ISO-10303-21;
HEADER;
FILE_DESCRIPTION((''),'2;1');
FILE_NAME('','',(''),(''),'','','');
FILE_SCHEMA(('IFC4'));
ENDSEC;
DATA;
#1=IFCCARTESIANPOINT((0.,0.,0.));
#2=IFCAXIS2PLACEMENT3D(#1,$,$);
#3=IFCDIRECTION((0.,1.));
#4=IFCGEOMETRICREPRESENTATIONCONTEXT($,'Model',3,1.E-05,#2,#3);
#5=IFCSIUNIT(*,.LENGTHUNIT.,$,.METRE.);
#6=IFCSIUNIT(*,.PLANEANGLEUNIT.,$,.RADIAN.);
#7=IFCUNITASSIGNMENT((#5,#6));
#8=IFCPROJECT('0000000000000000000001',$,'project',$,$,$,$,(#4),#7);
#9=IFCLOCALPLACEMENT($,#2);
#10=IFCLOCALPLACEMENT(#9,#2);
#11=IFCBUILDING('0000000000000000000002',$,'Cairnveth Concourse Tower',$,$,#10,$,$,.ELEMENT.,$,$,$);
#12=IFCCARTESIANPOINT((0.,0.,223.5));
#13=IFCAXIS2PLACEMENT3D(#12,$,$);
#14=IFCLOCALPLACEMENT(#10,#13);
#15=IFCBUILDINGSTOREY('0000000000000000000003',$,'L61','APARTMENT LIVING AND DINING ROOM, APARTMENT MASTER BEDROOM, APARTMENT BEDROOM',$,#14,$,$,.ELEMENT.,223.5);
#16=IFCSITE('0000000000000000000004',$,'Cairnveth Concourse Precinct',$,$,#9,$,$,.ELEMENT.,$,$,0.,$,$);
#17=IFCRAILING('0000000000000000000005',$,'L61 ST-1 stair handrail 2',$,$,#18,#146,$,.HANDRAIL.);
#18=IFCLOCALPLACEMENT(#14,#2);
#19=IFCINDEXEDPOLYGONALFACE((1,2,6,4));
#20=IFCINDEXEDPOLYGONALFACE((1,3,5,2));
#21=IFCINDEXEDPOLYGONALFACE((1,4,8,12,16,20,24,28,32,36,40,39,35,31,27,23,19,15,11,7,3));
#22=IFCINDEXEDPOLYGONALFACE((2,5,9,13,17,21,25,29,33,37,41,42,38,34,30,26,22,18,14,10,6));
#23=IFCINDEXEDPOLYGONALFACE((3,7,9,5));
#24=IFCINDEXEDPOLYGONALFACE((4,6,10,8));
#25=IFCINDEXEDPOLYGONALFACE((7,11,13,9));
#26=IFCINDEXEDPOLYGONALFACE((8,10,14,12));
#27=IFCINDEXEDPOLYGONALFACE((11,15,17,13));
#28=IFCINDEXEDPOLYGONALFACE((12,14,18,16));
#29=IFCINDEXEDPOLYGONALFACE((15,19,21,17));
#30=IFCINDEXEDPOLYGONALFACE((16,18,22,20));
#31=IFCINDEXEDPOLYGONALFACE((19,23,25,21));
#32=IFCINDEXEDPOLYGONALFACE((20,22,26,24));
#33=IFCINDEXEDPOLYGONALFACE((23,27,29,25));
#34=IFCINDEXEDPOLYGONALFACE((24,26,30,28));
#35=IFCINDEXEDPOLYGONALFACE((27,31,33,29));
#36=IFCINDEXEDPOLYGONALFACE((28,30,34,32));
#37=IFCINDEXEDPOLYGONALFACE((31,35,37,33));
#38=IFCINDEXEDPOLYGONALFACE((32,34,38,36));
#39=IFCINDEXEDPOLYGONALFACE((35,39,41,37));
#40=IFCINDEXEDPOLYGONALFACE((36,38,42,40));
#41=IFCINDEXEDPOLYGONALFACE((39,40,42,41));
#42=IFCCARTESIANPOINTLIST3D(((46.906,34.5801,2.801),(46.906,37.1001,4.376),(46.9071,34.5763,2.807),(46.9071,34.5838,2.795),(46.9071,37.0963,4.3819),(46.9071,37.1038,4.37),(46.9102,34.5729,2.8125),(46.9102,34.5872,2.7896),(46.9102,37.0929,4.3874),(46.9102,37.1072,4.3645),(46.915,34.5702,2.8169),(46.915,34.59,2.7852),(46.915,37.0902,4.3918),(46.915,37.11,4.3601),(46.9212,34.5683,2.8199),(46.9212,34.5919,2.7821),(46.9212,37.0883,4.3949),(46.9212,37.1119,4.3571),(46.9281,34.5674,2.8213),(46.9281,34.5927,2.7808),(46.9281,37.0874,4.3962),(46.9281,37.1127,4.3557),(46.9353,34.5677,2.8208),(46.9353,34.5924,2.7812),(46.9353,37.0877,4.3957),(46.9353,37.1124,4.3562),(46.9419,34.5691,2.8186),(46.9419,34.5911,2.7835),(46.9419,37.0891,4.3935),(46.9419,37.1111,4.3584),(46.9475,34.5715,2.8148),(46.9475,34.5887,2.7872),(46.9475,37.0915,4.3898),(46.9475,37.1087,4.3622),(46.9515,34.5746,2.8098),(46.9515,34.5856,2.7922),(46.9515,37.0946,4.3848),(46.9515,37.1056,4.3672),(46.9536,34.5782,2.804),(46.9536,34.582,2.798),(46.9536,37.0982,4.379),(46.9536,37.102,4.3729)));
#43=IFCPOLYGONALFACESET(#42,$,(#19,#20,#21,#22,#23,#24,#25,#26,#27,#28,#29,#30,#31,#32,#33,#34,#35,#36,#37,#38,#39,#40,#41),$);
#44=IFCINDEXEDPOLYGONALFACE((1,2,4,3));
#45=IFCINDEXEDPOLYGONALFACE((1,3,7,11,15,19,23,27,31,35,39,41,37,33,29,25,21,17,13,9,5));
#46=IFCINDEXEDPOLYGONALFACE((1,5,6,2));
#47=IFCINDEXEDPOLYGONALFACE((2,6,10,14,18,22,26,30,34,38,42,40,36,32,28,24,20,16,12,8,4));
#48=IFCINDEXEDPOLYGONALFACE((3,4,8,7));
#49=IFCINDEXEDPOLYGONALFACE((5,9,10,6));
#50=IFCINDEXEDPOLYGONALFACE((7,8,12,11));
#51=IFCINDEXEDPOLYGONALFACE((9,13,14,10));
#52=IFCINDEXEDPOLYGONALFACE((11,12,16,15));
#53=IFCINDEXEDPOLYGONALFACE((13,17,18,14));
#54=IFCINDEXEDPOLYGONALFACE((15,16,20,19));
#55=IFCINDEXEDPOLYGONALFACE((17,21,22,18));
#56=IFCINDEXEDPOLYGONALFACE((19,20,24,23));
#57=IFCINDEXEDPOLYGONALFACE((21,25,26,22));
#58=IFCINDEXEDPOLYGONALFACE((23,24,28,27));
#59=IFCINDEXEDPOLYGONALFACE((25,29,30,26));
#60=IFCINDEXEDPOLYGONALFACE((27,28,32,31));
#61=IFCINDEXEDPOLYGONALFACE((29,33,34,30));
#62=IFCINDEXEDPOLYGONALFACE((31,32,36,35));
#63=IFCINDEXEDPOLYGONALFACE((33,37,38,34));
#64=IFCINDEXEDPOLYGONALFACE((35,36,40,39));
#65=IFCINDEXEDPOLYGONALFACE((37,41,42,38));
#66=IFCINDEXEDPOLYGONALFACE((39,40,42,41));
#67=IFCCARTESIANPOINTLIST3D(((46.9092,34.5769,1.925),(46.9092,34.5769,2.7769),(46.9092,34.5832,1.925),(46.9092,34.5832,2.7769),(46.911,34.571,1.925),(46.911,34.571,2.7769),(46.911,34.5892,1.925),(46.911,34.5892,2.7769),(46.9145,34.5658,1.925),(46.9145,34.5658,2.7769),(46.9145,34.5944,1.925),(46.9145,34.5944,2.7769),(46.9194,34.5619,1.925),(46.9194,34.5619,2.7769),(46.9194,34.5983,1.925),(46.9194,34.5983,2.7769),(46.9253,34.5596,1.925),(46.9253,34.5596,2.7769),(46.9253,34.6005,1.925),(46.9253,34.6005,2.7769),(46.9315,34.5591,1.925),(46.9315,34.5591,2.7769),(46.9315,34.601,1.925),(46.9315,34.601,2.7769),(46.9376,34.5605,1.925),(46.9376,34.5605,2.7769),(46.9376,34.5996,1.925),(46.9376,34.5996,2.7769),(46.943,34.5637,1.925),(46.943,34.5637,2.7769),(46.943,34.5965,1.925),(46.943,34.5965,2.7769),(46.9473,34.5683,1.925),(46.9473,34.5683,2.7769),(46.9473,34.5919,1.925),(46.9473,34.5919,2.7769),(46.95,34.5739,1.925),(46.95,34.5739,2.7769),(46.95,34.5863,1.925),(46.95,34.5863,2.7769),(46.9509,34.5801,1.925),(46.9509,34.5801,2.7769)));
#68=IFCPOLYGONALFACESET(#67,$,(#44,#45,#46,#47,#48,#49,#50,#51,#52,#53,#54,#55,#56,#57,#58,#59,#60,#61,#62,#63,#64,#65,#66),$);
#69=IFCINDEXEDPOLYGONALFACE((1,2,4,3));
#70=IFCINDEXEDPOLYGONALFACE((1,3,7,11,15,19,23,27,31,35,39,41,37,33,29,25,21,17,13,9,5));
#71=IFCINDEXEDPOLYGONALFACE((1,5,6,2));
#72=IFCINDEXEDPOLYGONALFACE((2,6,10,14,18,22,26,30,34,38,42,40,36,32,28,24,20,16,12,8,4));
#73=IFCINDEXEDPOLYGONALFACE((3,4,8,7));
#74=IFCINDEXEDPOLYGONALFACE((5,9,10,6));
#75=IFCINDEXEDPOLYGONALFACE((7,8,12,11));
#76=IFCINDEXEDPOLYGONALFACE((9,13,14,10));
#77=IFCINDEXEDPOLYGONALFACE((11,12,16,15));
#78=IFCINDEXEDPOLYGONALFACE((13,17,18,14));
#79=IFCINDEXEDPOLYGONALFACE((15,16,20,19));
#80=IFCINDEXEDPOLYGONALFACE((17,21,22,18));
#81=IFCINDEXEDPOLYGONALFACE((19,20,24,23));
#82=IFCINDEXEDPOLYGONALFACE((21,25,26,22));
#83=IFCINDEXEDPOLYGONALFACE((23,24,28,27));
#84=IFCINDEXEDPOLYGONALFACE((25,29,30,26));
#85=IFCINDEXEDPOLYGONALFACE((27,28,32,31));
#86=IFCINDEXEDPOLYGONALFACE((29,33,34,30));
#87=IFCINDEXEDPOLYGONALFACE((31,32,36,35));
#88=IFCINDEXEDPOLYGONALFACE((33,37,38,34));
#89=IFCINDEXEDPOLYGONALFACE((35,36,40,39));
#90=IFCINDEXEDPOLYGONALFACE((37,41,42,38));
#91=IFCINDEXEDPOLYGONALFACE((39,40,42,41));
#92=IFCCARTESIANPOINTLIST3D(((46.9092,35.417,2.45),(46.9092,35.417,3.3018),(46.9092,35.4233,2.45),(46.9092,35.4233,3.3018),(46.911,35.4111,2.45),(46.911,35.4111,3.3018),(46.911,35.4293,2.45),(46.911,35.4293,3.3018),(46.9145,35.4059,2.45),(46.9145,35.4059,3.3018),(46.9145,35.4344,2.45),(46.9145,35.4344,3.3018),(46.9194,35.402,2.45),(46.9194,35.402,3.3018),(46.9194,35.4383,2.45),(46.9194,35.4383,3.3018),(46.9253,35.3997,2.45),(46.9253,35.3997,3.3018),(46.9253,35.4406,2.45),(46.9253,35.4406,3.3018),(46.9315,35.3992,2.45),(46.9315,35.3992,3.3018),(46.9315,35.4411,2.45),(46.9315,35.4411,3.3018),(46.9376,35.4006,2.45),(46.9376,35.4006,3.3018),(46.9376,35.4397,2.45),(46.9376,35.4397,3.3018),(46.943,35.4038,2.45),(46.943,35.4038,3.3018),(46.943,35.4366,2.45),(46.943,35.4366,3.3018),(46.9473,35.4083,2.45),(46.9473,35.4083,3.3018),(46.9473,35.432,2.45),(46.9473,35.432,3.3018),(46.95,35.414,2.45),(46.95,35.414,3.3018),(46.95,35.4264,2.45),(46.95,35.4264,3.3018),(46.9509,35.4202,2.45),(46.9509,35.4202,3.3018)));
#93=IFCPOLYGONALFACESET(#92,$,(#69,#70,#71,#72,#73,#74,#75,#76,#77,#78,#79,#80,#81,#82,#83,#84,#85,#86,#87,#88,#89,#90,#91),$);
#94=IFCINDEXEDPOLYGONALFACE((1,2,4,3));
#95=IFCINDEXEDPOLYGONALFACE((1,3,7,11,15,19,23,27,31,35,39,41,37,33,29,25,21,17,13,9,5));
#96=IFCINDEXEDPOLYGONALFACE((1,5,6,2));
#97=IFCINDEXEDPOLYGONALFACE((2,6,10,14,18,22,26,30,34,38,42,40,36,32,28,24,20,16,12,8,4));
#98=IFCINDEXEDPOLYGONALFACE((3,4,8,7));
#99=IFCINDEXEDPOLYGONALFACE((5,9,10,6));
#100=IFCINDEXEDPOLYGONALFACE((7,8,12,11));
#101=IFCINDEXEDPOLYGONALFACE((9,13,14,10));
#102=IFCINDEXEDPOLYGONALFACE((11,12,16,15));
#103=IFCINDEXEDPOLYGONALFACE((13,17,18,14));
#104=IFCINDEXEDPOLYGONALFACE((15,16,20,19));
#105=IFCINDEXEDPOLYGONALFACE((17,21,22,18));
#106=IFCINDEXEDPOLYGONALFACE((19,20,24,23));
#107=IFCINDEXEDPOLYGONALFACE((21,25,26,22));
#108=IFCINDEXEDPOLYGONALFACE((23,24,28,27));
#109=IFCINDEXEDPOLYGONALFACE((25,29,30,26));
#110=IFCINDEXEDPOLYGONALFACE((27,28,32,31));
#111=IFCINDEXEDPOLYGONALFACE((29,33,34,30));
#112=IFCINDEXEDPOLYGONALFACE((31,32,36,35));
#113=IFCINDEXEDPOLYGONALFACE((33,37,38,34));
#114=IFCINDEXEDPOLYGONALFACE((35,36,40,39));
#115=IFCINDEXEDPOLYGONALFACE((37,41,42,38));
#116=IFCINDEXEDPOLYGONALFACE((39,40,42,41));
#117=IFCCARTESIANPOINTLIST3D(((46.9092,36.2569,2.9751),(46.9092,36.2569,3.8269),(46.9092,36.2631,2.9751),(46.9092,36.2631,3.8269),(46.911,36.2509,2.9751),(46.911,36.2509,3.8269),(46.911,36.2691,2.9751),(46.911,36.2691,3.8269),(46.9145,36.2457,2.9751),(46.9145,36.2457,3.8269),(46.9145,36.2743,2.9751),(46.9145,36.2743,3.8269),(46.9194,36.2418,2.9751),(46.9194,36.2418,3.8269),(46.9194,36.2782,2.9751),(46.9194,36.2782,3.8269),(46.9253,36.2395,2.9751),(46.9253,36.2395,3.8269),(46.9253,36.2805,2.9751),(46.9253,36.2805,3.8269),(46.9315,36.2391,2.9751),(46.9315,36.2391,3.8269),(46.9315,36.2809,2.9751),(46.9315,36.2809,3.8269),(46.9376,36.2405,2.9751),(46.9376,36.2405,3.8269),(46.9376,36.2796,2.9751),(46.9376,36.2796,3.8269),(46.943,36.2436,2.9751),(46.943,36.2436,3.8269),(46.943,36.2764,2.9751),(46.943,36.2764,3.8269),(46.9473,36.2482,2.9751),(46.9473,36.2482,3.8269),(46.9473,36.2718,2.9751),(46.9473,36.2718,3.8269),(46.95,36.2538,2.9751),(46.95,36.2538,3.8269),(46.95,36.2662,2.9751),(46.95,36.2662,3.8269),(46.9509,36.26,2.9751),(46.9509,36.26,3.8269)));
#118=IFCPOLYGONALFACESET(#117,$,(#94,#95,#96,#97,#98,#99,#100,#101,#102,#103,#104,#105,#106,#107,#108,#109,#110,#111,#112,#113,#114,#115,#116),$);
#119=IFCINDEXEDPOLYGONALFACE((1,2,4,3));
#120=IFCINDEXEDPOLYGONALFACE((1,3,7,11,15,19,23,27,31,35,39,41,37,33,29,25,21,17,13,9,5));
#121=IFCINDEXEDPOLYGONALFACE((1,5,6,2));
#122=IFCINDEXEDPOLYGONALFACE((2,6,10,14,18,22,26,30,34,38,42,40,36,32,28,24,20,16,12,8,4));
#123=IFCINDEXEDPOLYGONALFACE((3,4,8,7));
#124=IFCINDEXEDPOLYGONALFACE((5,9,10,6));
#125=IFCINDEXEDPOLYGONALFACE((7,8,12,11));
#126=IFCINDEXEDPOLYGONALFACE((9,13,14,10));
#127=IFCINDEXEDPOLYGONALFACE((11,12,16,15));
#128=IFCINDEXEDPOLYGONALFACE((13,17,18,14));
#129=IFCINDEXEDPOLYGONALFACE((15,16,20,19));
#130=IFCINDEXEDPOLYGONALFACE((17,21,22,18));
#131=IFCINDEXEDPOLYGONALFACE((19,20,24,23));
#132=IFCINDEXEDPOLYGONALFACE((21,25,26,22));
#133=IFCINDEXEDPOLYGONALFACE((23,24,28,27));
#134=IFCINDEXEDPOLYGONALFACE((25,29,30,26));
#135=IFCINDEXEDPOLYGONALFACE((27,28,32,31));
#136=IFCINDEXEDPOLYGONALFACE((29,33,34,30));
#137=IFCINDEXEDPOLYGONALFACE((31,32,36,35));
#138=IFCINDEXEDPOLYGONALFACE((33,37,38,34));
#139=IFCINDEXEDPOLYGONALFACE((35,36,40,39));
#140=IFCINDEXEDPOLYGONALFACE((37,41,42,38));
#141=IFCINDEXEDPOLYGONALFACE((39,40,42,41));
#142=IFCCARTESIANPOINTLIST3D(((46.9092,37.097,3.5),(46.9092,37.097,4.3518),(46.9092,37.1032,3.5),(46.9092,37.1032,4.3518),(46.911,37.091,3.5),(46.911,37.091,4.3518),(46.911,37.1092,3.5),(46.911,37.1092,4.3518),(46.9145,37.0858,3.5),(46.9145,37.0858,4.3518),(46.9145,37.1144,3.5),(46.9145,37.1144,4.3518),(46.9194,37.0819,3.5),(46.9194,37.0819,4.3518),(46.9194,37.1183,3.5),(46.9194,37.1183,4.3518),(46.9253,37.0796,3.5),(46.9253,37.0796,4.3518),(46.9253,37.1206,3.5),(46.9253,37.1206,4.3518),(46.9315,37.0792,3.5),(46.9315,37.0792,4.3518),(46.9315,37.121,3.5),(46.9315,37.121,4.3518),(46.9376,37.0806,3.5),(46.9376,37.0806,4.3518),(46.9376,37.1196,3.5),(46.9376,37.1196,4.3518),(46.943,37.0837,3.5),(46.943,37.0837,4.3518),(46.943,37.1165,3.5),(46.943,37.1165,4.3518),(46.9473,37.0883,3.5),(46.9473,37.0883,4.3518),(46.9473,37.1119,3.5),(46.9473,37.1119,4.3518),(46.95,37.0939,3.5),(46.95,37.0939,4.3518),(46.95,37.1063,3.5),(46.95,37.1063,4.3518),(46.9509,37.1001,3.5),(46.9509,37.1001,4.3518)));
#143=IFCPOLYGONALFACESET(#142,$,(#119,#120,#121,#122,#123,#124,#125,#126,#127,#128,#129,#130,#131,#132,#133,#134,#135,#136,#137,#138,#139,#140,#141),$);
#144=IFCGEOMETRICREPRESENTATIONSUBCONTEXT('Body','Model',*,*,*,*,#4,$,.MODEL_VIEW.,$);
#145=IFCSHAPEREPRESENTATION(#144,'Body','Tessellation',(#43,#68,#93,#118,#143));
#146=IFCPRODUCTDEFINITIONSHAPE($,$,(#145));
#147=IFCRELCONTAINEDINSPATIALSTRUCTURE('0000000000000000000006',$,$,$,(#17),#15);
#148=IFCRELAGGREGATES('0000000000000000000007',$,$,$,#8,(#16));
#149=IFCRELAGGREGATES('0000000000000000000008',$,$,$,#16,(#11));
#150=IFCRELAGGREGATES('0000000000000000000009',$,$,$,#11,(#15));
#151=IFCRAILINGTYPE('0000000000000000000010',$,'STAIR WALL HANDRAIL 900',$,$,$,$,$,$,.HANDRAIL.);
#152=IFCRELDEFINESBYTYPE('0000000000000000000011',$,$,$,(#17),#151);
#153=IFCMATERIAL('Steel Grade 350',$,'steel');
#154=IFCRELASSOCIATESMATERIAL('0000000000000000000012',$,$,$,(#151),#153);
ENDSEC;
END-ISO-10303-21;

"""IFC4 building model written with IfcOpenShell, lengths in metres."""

from ifc_helpers import new_model, si_unit, direction, frame, origin, origin_2d, place, context, subcontext, project, spatial, circle, extrude, material, type_object, element, save


model = new_model("IFC4")

# Units and contexts
model_context = context("Model", 3, precision=1e-05, world=origin(), true_north=direction((0.0, 1.0)))
body_context = subcontext(model_context, "Body", "Model", "MODEL_VIEW")
ifc_project = project(units=[si_unit("LENGTHUNIT", "METRE"), si_unit("PLANEANGLEUNIT", "RADIAN")], contexts=[model_context])

# Site, building, storey
site_placement = place(None, origin())
site = spatial("IfcSite", under=ifc_project, at=site_placement, Name="Cairnveth Concourse Precinct", CompositionType="ELEMENT", RefElevation=0.0)
building_placement = place(site_placement, origin())
building = spatial("IfcBuilding", under=site, at=building_placement, Name="Cairnveth Concourse Tower", CompositionType="ELEMENT")
storey_placement = place(building_placement, frame((0.0, 0.0, 223.5)))
storey = spatial("IfcBuildingStorey", under=building, at=storey_placement, Name="L61", Description="APARTMENT LIVING AND DINING ROOM, APARTMENT MASTER BEDROOM, APARTMENT BEDROOM", CompositionType="ELEMENT", Elevation=223.5)

# Shared definitions
ifc_material_1 = material(Name="Steel Grade 350", Category="steel")

# Railing
railing_type_1 = type_object("IfcRailingType", Name="STAIR WALL HANDRAIL 900", PredefinedType="HANDRAIL", material=ifc_material_1)
railing_1_placement = place(storey_placement, frame((46.9299, 34.5801, 1.925)))
element("IfcRailing", 1, at=railing_1_placement, inside=storey, type_object=railing_type_1, Name="L61 ST-1 stair handrail 2", PredefinedType="HANDRAIL", context=body_context, shape_type="SweptSolid", body=[
    extrude(circle(Radius=0.0239, at=origin_2d()), frame((0.0, 0.0, 0.876), z_axis=(0.0, 0.848008, 0.529984), x_axis=(-1.0, 0.0, 0.0)), (0.0, 0.0, 1.0), 2.9717),
    extrude(circle(Radius=0.021, at=origin_2d()), origin(), (0.0, 0.0, 1.0), 0.8518),
    extrude(circle(Radius=0.021, at=origin_2d()), frame((0.0, 0.8401, 0.5249)), (0.0, 0.0, 1.0), 0.8518),
    extrude(circle(Radius=0.021, at=origin_2d()), frame((0.0, 1.6799, 1.05)), (0.0, 0.0, 1.0), 0.8518),
    extrude(circle(Radius=0.021, at=origin_2d()), frame((0.0, 2.52, 1.575)), (0.0, 0.0, 1.0), 0.8518),
])

save(model, "model.ifc")
